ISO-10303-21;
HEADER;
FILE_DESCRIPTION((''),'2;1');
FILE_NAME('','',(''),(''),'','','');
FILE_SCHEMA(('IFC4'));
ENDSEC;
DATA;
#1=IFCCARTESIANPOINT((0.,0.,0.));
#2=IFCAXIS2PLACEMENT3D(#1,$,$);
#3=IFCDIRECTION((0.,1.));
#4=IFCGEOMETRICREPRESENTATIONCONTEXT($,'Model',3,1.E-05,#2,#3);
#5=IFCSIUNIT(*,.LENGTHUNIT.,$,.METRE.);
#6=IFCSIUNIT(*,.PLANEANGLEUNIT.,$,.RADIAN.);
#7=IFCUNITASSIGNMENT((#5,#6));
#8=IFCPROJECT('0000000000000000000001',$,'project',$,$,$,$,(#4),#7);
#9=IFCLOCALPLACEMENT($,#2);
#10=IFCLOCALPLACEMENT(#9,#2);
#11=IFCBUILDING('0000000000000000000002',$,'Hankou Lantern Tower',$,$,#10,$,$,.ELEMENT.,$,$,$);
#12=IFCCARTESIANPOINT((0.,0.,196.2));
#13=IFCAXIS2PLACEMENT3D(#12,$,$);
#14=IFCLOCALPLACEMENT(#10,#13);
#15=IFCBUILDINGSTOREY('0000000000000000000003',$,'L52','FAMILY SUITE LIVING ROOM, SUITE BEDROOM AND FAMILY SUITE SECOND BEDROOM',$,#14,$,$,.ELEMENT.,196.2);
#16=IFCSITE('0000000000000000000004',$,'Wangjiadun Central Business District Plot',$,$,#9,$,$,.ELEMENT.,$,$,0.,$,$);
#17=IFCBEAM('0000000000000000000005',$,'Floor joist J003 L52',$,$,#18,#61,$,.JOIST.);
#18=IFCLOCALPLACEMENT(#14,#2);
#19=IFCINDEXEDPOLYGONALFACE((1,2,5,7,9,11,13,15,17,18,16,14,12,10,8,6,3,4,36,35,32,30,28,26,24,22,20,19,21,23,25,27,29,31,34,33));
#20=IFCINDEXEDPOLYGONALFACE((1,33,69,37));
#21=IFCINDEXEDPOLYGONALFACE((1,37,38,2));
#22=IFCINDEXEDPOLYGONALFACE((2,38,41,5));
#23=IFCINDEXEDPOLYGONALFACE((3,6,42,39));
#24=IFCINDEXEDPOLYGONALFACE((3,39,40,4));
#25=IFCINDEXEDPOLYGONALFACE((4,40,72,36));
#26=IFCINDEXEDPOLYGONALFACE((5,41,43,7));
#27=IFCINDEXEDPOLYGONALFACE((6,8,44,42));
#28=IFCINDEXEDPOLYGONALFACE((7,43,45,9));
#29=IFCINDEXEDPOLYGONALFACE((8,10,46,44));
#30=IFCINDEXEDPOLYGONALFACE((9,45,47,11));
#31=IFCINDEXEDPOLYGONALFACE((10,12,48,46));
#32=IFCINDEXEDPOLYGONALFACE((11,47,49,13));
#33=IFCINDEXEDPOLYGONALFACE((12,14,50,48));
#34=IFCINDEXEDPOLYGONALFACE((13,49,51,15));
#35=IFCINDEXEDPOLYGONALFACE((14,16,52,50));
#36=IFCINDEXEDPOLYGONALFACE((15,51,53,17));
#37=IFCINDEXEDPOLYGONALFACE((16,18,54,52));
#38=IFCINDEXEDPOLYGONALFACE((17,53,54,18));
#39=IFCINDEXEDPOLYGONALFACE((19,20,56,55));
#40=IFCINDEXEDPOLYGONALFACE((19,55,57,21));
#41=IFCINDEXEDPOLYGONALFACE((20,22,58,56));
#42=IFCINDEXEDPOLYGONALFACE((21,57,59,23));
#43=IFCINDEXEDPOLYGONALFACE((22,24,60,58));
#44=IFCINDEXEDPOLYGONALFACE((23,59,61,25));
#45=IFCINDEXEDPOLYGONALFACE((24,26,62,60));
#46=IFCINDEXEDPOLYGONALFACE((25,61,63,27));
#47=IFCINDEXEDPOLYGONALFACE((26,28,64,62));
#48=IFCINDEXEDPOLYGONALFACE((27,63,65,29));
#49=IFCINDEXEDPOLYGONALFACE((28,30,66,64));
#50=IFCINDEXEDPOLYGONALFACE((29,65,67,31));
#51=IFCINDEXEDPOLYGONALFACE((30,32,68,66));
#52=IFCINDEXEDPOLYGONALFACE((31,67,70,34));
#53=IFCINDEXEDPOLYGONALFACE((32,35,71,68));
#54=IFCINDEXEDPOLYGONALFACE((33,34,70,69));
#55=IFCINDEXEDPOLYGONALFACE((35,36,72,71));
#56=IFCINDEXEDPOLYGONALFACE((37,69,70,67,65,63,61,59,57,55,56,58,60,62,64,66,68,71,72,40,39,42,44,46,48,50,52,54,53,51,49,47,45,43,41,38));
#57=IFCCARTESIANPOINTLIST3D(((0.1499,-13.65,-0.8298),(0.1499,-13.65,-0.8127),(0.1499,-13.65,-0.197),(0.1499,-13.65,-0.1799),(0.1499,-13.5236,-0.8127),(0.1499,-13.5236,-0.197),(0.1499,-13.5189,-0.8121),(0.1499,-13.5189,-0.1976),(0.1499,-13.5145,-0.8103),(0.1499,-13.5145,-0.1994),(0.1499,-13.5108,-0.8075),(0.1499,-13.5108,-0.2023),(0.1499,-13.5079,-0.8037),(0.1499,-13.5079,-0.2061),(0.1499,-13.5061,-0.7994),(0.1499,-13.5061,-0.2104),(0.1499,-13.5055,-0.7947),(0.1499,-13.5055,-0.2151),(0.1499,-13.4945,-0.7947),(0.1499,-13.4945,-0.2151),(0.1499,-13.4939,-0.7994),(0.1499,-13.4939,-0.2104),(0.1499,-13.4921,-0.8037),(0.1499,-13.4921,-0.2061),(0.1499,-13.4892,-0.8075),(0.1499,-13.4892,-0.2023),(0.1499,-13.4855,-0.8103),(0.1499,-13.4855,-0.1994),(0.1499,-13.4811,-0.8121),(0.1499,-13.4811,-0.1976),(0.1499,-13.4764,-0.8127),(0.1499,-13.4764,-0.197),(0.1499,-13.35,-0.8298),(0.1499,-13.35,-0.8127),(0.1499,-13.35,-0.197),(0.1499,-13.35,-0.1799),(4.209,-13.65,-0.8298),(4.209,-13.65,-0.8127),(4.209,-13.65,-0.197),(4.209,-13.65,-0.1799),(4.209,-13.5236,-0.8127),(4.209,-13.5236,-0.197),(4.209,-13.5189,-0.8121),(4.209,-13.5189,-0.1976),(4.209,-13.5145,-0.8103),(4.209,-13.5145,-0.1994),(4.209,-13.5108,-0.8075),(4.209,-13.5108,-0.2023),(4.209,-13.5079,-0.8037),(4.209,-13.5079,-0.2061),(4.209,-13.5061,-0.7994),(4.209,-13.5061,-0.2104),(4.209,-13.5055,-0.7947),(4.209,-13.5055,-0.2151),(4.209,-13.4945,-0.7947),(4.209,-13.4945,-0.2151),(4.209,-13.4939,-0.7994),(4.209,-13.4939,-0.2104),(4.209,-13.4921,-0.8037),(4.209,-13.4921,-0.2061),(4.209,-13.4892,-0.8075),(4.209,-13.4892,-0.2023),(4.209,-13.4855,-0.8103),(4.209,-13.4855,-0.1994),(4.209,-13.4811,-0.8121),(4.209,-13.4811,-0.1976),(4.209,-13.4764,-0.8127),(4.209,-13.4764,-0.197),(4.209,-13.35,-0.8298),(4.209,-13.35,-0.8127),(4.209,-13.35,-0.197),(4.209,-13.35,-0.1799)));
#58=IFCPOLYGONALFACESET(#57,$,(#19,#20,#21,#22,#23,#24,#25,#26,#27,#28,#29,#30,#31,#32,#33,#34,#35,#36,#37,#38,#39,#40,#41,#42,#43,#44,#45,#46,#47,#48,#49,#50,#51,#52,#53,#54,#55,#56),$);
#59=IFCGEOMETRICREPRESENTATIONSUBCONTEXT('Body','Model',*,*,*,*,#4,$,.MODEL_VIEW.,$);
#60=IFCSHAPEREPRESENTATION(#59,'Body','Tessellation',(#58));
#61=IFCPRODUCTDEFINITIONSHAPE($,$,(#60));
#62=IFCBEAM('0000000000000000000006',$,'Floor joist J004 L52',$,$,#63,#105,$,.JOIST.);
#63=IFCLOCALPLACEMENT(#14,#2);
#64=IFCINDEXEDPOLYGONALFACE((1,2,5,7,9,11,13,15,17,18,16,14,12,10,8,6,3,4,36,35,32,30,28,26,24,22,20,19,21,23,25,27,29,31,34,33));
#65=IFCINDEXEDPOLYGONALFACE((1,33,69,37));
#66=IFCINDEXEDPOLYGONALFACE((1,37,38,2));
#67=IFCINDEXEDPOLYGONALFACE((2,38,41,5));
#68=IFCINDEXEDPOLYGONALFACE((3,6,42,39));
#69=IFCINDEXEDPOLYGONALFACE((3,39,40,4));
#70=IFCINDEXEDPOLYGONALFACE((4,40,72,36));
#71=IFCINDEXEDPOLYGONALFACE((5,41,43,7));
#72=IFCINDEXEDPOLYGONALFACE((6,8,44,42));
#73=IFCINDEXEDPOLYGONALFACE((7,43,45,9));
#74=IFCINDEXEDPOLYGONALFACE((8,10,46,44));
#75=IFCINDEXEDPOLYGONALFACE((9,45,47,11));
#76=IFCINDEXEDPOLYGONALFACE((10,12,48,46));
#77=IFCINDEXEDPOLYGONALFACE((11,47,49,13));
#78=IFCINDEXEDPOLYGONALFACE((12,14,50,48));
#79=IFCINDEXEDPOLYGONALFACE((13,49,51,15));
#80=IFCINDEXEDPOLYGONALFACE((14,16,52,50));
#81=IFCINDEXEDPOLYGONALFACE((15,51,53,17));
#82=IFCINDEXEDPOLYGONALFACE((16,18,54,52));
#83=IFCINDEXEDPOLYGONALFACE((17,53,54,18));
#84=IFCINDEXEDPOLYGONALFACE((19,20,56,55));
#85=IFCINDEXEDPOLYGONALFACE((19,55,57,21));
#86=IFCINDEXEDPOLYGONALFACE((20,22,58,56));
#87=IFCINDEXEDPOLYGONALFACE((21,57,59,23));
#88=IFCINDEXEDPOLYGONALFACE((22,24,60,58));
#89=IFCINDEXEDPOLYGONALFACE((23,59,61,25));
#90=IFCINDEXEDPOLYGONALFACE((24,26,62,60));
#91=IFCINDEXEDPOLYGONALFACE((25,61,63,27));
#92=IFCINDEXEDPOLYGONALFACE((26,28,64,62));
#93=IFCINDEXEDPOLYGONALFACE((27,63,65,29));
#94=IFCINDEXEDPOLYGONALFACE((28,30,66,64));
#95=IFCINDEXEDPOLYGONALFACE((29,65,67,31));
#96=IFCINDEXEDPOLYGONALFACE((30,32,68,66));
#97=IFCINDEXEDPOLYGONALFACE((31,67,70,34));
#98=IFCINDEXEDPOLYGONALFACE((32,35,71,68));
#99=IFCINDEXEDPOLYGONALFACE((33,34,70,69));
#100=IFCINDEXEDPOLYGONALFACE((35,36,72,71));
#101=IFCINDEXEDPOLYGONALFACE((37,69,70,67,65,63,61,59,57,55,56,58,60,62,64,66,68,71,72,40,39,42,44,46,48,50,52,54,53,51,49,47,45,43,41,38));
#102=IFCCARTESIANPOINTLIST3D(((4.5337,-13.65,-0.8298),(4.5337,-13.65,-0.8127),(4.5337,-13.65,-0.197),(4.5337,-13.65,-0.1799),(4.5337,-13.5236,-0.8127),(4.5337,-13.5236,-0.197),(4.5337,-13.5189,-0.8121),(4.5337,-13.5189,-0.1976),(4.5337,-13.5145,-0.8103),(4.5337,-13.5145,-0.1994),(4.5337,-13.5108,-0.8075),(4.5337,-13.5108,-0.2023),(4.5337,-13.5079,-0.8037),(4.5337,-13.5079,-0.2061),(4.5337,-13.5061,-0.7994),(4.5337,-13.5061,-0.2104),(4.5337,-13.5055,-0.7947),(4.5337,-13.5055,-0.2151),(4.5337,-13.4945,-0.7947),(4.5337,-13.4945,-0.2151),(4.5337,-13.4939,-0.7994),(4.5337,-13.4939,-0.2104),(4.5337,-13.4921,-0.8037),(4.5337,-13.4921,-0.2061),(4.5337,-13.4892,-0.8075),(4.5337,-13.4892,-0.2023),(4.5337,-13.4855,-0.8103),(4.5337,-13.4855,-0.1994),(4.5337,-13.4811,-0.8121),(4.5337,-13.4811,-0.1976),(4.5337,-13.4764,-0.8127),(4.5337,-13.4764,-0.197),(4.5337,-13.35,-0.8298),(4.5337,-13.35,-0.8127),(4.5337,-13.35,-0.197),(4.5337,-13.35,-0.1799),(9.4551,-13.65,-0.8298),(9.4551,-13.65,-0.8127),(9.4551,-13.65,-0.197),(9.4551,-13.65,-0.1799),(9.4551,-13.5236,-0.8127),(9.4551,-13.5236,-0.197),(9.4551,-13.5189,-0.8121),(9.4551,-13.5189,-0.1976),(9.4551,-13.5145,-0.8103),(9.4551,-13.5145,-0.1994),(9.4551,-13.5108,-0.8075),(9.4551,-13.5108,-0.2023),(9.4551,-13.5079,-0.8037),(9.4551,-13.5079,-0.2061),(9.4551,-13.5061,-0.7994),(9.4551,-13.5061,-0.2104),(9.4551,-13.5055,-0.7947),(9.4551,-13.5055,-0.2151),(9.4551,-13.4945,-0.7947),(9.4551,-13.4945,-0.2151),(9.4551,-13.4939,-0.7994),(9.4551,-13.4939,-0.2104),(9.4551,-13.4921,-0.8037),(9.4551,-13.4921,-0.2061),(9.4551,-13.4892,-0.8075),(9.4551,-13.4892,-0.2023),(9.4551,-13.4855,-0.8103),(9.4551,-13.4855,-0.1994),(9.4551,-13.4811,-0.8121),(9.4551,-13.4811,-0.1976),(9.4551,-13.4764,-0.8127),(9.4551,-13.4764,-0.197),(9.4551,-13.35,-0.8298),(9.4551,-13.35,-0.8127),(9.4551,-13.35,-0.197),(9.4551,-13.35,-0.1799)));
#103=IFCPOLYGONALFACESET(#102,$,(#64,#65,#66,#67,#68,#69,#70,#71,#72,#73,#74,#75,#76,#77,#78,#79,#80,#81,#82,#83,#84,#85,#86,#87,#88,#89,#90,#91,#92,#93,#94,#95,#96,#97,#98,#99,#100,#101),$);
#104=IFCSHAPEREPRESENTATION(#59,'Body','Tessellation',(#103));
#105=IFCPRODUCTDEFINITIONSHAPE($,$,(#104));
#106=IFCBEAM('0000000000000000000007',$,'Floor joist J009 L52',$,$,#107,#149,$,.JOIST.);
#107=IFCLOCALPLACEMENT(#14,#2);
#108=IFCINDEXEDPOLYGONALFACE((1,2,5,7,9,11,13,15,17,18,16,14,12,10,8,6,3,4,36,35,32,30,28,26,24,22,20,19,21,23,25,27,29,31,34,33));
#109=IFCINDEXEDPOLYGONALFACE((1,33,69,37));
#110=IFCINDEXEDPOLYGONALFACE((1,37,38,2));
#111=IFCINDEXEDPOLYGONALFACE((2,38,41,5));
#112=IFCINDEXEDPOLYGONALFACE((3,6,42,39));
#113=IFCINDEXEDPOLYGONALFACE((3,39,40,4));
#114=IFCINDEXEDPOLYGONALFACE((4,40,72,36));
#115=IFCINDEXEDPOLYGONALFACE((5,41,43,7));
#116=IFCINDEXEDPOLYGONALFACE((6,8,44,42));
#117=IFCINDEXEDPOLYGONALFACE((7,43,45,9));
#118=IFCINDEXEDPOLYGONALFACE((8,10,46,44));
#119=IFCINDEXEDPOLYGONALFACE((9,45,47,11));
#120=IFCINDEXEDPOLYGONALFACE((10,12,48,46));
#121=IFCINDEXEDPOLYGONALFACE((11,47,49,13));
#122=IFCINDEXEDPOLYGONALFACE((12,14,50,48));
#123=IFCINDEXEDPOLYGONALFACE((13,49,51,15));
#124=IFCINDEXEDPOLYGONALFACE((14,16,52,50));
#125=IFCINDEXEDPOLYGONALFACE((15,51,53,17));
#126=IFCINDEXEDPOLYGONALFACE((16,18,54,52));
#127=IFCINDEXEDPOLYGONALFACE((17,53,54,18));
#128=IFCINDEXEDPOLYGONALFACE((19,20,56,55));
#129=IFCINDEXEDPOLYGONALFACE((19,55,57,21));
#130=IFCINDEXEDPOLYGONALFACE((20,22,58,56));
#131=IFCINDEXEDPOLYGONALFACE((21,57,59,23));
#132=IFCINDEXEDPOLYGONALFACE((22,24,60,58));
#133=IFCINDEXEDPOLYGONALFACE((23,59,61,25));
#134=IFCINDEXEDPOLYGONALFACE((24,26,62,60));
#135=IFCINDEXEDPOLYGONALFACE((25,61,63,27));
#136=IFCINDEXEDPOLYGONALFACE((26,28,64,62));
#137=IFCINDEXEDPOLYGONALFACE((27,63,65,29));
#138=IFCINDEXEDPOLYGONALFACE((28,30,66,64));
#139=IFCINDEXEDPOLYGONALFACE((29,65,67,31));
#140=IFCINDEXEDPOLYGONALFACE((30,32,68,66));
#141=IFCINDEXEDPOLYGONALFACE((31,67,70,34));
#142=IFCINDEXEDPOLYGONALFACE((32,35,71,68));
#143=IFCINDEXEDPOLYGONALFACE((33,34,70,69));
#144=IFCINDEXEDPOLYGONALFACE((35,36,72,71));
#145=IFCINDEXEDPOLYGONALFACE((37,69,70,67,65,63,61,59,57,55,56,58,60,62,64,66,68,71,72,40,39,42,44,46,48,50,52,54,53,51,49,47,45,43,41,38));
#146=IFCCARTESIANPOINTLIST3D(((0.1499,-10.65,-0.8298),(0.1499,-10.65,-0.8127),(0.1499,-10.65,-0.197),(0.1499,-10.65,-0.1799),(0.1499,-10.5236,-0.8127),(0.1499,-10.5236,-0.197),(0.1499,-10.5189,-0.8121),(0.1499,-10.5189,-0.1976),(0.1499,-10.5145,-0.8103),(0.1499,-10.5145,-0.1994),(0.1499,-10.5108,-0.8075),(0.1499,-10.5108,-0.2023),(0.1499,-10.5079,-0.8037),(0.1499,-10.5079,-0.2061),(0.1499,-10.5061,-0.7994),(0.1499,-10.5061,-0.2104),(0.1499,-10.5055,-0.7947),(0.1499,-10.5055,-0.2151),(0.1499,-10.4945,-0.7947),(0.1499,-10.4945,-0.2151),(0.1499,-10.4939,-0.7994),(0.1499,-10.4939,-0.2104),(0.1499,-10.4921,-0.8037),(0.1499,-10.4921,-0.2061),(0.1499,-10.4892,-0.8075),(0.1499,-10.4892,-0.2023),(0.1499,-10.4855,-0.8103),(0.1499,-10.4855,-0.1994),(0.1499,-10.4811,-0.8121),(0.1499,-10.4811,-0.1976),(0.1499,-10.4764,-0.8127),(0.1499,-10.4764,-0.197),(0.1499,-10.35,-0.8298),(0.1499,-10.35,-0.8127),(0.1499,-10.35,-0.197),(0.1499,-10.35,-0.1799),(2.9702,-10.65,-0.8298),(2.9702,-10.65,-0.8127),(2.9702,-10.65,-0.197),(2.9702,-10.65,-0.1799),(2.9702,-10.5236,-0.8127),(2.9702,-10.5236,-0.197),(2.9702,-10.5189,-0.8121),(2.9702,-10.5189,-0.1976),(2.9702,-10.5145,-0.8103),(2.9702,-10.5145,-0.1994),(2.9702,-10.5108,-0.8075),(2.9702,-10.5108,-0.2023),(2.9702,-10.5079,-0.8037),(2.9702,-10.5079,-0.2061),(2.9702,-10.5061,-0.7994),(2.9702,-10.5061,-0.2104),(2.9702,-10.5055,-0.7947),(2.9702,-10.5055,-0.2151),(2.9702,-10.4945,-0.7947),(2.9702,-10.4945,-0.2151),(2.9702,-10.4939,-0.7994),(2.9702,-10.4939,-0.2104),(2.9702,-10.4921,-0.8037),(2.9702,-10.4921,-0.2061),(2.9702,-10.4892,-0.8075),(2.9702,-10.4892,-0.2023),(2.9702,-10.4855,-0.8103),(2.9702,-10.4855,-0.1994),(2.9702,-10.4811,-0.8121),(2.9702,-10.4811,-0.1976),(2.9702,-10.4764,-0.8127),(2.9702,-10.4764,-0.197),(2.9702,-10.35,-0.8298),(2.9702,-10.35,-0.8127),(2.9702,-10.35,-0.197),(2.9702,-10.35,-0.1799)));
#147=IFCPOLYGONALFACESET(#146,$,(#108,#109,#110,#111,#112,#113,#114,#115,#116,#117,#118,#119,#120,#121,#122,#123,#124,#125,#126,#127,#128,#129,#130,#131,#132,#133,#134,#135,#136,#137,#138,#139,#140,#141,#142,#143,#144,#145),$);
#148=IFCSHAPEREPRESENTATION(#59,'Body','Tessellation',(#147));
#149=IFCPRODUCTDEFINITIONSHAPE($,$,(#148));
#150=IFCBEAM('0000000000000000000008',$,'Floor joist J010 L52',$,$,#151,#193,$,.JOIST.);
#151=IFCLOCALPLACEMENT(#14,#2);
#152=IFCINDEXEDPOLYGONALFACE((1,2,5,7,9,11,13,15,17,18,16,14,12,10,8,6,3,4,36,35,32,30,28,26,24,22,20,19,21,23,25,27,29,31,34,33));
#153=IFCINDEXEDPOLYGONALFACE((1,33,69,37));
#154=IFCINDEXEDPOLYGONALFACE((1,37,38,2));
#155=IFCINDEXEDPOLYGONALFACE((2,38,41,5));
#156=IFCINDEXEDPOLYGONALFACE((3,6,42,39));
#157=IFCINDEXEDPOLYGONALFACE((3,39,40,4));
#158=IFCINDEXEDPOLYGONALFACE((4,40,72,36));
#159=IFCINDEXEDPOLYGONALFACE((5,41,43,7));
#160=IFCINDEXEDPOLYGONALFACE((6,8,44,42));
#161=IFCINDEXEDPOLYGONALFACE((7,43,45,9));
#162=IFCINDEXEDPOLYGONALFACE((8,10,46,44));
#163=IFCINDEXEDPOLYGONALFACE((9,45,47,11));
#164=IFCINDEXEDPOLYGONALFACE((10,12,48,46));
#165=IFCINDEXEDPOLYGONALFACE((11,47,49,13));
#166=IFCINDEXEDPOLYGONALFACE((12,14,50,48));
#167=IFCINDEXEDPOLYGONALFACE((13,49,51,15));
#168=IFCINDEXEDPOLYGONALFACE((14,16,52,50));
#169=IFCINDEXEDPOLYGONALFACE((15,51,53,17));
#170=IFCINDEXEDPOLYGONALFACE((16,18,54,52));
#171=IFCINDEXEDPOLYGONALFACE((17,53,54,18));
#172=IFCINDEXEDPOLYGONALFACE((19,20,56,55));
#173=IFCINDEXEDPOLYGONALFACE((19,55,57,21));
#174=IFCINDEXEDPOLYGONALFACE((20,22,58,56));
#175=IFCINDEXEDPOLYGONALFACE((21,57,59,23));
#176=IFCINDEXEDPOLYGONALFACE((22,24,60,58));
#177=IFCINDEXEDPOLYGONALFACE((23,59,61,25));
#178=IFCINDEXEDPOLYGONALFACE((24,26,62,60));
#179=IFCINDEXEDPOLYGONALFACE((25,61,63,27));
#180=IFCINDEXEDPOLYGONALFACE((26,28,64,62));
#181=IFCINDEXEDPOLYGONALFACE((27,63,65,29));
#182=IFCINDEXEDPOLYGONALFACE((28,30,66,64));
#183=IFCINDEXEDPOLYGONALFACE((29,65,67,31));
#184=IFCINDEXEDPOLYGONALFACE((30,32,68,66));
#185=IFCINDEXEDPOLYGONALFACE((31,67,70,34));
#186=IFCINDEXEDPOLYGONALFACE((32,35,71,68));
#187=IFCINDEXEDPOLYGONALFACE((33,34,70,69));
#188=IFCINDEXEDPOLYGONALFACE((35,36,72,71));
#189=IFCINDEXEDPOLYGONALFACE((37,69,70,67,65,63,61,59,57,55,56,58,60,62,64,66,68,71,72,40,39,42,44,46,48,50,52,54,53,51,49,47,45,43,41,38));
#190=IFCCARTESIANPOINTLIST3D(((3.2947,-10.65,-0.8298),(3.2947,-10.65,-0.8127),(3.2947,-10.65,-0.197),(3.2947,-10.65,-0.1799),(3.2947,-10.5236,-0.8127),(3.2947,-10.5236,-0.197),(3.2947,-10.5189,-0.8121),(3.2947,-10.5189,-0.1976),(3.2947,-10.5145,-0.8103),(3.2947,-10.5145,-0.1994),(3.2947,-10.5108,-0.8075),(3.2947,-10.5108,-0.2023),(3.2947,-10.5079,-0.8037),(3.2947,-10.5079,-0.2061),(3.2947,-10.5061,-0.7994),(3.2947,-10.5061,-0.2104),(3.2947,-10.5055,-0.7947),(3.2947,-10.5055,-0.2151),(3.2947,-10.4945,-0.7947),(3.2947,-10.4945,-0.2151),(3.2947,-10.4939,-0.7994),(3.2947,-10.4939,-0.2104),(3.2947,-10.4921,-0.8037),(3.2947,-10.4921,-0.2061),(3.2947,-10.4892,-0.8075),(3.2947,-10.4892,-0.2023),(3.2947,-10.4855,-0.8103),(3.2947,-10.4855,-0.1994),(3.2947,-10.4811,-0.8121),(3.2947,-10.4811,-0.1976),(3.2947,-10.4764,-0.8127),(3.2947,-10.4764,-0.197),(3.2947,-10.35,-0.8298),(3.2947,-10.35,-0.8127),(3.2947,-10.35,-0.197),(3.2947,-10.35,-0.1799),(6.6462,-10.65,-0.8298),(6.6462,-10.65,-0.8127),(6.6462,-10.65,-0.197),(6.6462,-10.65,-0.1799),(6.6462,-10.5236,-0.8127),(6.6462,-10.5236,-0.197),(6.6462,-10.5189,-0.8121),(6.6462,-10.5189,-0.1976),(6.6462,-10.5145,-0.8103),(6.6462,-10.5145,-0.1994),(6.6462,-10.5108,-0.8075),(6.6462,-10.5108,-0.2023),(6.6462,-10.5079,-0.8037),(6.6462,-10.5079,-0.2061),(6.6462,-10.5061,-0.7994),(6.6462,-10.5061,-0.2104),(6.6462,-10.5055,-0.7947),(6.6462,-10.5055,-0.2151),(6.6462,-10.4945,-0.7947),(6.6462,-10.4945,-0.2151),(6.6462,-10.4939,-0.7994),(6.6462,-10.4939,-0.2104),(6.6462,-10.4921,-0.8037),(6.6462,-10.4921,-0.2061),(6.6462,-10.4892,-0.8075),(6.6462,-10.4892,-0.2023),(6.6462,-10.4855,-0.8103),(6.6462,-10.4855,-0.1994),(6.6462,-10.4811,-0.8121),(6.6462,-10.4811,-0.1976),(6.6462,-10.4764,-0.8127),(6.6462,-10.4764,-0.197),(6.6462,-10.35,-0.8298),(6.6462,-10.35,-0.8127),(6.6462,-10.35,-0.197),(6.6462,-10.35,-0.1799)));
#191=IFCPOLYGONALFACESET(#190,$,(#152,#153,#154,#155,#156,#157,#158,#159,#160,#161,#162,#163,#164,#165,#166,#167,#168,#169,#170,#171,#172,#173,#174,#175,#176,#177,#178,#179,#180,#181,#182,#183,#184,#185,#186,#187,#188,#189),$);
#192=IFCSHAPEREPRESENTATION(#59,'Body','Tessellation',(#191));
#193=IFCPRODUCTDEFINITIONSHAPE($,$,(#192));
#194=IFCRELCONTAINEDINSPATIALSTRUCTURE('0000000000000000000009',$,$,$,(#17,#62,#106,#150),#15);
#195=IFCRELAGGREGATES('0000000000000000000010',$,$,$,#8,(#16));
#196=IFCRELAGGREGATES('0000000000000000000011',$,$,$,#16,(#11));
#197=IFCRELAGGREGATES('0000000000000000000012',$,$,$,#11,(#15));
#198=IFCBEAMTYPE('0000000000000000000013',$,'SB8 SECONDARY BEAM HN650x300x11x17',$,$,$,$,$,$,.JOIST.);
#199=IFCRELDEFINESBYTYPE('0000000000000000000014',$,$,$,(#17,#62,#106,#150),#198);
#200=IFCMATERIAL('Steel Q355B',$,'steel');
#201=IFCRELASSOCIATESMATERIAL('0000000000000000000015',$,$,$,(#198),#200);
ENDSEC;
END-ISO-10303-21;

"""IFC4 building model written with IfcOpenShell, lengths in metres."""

from ifc_helpers import new_model, si_unit, direction, frame, origin, origin_2d, place, context, subcontext, project, spatial, i_section, extrude, material, material_profile, profile_set, type_object, element, save


model = new_model("IFC4")

# Units and contexts
model_context = context("Model", 3, precision=1e-05, world=origin(), true_north=direction((0.0, 1.0)))
body_context = subcontext(model_context, "Body", "Model", "MODEL_VIEW")
ifc_project = project(units=[si_unit("LENGTHUNIT", "METRE"), si_unit("PLANEANGLEUNIT", "RADIAN")], contexts=[model_context])

# Site, building, storey
site_placement = place(None, origin())
site = spatial("IfcSite", under=ifc_project, at=site_placement, Name="Wangjiadun Central Business District Plot", CompositionType="ELEMENT", RefElevation=0.0)
building_placement = place(site_placement, origin())
building = spatial("IfcBuilding", under=site, at=building_placement, Name="Hankou Lantern Tower", CompositionType="ELEMENT")
storey_placement = place(building_placement, frame((0.0, 0.0, 196.2)))
storey = spatial("IfcBuildingStorey", under=building, at=storey_placement, Name="L52", Description="FAMILY SUITE LIVING ROOM, SUITE BEDROOM AND FAMILY SUITE SECOND BEDROOM", CompositionType="ELEMENT", Elevation=196.2)

# Beams
ifc_material_1 = material(Name="Steel Q355B", Category="steel")
ifc_material_profile_1 = material_profile(ifc_material_1, i_section(OverallWidth=0.3, OverallDepth=0.6499, WebThickness=0.011, FlangeThickness=0.0171, FilletRadius=0.0181, at=origin_2d()), Name="HN650x300x11x17")
ifc_profile_set_1 = profile_set([ifc_material_profile_1], Name="Steel Q355B")
beam_type_1 = type_object("IfcBeamType", Name="SB8 SECONDARY BEAM HN650x300x11x17", PredefinedType="JOIST", material=ifc_profile_set_1)
beam_1_placement = place(storey_placement, frame((0.1499, -13.5, -0.5049), z_axis=(1.0, 0.0, 0.0), x_axis=(0.0, 1.0, 0.0)))
element("IfcBeam", 1, at=beam_1_placement, inside=storey, type_object=beam_type_1, Name="Floor joist J003 L52", PredefinedType="JOIST", context=body_context, shape_type="SweptSolid", body=[
    extrude(i_section(OverallWidth=0.3, OverallDepth=0.6499, WebThickness=0.011, FlangeThickness=0.0171, FilletRadius=0.0181, at=origin_2d()), origin(), (0.0, 0.0, 1.0), 4.0591),
])
beam_2_placement = place(storey_placement, frame((4.5337, -13.5, -0.5049), z_axis=(1.0, 0.0, 0.0), x_axis=(0.0, 1.0, 0.0)))
element("IfcBeam", 2, at=beam_2_placement, inside=storey, type_object=beam_type_1, Name="Floor joist J004 L52", PredefinedType="JOIST", context=body_context, shape_type="SweptSolid", body=[
    extrude(i_section(OverallWidth=0.3, OverallDepth=0.6499, WebThickness=0.011, FlangeThickness=0.0171, FilletRadius=0.0181, at=origin_2d()), origin(), (0.0, 0.0, 1.0), 4.9214),
])
beam_3_placement = place(storey_placement, frame((0.1499, -10.5, -0.5049), z_axis=(1.0, 0.0, 0.0), x_axis=(0.0, 1.0, 0.0)))
element("IfcBeam", 3, at=beam_3_placement, inside=storey, type_object=beam_type_1, Name="Floor joist J009 L52", PredefinedType="JOIST", context=body_context, shape_type="SweptSolid", body=[
    extrude(i_section(OverallWidth=0.3, OverallDepth=0.6499, WebThickness=0.011, FlangeThickness=0.0171, FilletRadius=0.0181, at=origin_2d()), origin(), (0.0, 0.0, 1.0), 2.8203),
])
beam_4_placement = place(storey_placement, frame((3.2947, -10.5, -0.5049), z_axis=(1.0, 0.0, 0.0), x_axis=(0.0, 1.0, 0.0)))
element("IfcBeam", 4, at=beam_4_placement, inside=storey, type_object=beam_type_1, Name="Floor joist J010 L52", PredefinedType="JOIST", context=body_context, shape_type="SweptSolid", body=[
    extrude(i_section(OverallWidth=0.3, OverallDepth=0.6499, WebThickness=0.011, FlangeThickness=0.0171, FilletRadius=0.0181, at=origin_2d()), origin(), (0.0, 0.0, 1.0), 3.3516),
])

save(model, "model.ifc")
